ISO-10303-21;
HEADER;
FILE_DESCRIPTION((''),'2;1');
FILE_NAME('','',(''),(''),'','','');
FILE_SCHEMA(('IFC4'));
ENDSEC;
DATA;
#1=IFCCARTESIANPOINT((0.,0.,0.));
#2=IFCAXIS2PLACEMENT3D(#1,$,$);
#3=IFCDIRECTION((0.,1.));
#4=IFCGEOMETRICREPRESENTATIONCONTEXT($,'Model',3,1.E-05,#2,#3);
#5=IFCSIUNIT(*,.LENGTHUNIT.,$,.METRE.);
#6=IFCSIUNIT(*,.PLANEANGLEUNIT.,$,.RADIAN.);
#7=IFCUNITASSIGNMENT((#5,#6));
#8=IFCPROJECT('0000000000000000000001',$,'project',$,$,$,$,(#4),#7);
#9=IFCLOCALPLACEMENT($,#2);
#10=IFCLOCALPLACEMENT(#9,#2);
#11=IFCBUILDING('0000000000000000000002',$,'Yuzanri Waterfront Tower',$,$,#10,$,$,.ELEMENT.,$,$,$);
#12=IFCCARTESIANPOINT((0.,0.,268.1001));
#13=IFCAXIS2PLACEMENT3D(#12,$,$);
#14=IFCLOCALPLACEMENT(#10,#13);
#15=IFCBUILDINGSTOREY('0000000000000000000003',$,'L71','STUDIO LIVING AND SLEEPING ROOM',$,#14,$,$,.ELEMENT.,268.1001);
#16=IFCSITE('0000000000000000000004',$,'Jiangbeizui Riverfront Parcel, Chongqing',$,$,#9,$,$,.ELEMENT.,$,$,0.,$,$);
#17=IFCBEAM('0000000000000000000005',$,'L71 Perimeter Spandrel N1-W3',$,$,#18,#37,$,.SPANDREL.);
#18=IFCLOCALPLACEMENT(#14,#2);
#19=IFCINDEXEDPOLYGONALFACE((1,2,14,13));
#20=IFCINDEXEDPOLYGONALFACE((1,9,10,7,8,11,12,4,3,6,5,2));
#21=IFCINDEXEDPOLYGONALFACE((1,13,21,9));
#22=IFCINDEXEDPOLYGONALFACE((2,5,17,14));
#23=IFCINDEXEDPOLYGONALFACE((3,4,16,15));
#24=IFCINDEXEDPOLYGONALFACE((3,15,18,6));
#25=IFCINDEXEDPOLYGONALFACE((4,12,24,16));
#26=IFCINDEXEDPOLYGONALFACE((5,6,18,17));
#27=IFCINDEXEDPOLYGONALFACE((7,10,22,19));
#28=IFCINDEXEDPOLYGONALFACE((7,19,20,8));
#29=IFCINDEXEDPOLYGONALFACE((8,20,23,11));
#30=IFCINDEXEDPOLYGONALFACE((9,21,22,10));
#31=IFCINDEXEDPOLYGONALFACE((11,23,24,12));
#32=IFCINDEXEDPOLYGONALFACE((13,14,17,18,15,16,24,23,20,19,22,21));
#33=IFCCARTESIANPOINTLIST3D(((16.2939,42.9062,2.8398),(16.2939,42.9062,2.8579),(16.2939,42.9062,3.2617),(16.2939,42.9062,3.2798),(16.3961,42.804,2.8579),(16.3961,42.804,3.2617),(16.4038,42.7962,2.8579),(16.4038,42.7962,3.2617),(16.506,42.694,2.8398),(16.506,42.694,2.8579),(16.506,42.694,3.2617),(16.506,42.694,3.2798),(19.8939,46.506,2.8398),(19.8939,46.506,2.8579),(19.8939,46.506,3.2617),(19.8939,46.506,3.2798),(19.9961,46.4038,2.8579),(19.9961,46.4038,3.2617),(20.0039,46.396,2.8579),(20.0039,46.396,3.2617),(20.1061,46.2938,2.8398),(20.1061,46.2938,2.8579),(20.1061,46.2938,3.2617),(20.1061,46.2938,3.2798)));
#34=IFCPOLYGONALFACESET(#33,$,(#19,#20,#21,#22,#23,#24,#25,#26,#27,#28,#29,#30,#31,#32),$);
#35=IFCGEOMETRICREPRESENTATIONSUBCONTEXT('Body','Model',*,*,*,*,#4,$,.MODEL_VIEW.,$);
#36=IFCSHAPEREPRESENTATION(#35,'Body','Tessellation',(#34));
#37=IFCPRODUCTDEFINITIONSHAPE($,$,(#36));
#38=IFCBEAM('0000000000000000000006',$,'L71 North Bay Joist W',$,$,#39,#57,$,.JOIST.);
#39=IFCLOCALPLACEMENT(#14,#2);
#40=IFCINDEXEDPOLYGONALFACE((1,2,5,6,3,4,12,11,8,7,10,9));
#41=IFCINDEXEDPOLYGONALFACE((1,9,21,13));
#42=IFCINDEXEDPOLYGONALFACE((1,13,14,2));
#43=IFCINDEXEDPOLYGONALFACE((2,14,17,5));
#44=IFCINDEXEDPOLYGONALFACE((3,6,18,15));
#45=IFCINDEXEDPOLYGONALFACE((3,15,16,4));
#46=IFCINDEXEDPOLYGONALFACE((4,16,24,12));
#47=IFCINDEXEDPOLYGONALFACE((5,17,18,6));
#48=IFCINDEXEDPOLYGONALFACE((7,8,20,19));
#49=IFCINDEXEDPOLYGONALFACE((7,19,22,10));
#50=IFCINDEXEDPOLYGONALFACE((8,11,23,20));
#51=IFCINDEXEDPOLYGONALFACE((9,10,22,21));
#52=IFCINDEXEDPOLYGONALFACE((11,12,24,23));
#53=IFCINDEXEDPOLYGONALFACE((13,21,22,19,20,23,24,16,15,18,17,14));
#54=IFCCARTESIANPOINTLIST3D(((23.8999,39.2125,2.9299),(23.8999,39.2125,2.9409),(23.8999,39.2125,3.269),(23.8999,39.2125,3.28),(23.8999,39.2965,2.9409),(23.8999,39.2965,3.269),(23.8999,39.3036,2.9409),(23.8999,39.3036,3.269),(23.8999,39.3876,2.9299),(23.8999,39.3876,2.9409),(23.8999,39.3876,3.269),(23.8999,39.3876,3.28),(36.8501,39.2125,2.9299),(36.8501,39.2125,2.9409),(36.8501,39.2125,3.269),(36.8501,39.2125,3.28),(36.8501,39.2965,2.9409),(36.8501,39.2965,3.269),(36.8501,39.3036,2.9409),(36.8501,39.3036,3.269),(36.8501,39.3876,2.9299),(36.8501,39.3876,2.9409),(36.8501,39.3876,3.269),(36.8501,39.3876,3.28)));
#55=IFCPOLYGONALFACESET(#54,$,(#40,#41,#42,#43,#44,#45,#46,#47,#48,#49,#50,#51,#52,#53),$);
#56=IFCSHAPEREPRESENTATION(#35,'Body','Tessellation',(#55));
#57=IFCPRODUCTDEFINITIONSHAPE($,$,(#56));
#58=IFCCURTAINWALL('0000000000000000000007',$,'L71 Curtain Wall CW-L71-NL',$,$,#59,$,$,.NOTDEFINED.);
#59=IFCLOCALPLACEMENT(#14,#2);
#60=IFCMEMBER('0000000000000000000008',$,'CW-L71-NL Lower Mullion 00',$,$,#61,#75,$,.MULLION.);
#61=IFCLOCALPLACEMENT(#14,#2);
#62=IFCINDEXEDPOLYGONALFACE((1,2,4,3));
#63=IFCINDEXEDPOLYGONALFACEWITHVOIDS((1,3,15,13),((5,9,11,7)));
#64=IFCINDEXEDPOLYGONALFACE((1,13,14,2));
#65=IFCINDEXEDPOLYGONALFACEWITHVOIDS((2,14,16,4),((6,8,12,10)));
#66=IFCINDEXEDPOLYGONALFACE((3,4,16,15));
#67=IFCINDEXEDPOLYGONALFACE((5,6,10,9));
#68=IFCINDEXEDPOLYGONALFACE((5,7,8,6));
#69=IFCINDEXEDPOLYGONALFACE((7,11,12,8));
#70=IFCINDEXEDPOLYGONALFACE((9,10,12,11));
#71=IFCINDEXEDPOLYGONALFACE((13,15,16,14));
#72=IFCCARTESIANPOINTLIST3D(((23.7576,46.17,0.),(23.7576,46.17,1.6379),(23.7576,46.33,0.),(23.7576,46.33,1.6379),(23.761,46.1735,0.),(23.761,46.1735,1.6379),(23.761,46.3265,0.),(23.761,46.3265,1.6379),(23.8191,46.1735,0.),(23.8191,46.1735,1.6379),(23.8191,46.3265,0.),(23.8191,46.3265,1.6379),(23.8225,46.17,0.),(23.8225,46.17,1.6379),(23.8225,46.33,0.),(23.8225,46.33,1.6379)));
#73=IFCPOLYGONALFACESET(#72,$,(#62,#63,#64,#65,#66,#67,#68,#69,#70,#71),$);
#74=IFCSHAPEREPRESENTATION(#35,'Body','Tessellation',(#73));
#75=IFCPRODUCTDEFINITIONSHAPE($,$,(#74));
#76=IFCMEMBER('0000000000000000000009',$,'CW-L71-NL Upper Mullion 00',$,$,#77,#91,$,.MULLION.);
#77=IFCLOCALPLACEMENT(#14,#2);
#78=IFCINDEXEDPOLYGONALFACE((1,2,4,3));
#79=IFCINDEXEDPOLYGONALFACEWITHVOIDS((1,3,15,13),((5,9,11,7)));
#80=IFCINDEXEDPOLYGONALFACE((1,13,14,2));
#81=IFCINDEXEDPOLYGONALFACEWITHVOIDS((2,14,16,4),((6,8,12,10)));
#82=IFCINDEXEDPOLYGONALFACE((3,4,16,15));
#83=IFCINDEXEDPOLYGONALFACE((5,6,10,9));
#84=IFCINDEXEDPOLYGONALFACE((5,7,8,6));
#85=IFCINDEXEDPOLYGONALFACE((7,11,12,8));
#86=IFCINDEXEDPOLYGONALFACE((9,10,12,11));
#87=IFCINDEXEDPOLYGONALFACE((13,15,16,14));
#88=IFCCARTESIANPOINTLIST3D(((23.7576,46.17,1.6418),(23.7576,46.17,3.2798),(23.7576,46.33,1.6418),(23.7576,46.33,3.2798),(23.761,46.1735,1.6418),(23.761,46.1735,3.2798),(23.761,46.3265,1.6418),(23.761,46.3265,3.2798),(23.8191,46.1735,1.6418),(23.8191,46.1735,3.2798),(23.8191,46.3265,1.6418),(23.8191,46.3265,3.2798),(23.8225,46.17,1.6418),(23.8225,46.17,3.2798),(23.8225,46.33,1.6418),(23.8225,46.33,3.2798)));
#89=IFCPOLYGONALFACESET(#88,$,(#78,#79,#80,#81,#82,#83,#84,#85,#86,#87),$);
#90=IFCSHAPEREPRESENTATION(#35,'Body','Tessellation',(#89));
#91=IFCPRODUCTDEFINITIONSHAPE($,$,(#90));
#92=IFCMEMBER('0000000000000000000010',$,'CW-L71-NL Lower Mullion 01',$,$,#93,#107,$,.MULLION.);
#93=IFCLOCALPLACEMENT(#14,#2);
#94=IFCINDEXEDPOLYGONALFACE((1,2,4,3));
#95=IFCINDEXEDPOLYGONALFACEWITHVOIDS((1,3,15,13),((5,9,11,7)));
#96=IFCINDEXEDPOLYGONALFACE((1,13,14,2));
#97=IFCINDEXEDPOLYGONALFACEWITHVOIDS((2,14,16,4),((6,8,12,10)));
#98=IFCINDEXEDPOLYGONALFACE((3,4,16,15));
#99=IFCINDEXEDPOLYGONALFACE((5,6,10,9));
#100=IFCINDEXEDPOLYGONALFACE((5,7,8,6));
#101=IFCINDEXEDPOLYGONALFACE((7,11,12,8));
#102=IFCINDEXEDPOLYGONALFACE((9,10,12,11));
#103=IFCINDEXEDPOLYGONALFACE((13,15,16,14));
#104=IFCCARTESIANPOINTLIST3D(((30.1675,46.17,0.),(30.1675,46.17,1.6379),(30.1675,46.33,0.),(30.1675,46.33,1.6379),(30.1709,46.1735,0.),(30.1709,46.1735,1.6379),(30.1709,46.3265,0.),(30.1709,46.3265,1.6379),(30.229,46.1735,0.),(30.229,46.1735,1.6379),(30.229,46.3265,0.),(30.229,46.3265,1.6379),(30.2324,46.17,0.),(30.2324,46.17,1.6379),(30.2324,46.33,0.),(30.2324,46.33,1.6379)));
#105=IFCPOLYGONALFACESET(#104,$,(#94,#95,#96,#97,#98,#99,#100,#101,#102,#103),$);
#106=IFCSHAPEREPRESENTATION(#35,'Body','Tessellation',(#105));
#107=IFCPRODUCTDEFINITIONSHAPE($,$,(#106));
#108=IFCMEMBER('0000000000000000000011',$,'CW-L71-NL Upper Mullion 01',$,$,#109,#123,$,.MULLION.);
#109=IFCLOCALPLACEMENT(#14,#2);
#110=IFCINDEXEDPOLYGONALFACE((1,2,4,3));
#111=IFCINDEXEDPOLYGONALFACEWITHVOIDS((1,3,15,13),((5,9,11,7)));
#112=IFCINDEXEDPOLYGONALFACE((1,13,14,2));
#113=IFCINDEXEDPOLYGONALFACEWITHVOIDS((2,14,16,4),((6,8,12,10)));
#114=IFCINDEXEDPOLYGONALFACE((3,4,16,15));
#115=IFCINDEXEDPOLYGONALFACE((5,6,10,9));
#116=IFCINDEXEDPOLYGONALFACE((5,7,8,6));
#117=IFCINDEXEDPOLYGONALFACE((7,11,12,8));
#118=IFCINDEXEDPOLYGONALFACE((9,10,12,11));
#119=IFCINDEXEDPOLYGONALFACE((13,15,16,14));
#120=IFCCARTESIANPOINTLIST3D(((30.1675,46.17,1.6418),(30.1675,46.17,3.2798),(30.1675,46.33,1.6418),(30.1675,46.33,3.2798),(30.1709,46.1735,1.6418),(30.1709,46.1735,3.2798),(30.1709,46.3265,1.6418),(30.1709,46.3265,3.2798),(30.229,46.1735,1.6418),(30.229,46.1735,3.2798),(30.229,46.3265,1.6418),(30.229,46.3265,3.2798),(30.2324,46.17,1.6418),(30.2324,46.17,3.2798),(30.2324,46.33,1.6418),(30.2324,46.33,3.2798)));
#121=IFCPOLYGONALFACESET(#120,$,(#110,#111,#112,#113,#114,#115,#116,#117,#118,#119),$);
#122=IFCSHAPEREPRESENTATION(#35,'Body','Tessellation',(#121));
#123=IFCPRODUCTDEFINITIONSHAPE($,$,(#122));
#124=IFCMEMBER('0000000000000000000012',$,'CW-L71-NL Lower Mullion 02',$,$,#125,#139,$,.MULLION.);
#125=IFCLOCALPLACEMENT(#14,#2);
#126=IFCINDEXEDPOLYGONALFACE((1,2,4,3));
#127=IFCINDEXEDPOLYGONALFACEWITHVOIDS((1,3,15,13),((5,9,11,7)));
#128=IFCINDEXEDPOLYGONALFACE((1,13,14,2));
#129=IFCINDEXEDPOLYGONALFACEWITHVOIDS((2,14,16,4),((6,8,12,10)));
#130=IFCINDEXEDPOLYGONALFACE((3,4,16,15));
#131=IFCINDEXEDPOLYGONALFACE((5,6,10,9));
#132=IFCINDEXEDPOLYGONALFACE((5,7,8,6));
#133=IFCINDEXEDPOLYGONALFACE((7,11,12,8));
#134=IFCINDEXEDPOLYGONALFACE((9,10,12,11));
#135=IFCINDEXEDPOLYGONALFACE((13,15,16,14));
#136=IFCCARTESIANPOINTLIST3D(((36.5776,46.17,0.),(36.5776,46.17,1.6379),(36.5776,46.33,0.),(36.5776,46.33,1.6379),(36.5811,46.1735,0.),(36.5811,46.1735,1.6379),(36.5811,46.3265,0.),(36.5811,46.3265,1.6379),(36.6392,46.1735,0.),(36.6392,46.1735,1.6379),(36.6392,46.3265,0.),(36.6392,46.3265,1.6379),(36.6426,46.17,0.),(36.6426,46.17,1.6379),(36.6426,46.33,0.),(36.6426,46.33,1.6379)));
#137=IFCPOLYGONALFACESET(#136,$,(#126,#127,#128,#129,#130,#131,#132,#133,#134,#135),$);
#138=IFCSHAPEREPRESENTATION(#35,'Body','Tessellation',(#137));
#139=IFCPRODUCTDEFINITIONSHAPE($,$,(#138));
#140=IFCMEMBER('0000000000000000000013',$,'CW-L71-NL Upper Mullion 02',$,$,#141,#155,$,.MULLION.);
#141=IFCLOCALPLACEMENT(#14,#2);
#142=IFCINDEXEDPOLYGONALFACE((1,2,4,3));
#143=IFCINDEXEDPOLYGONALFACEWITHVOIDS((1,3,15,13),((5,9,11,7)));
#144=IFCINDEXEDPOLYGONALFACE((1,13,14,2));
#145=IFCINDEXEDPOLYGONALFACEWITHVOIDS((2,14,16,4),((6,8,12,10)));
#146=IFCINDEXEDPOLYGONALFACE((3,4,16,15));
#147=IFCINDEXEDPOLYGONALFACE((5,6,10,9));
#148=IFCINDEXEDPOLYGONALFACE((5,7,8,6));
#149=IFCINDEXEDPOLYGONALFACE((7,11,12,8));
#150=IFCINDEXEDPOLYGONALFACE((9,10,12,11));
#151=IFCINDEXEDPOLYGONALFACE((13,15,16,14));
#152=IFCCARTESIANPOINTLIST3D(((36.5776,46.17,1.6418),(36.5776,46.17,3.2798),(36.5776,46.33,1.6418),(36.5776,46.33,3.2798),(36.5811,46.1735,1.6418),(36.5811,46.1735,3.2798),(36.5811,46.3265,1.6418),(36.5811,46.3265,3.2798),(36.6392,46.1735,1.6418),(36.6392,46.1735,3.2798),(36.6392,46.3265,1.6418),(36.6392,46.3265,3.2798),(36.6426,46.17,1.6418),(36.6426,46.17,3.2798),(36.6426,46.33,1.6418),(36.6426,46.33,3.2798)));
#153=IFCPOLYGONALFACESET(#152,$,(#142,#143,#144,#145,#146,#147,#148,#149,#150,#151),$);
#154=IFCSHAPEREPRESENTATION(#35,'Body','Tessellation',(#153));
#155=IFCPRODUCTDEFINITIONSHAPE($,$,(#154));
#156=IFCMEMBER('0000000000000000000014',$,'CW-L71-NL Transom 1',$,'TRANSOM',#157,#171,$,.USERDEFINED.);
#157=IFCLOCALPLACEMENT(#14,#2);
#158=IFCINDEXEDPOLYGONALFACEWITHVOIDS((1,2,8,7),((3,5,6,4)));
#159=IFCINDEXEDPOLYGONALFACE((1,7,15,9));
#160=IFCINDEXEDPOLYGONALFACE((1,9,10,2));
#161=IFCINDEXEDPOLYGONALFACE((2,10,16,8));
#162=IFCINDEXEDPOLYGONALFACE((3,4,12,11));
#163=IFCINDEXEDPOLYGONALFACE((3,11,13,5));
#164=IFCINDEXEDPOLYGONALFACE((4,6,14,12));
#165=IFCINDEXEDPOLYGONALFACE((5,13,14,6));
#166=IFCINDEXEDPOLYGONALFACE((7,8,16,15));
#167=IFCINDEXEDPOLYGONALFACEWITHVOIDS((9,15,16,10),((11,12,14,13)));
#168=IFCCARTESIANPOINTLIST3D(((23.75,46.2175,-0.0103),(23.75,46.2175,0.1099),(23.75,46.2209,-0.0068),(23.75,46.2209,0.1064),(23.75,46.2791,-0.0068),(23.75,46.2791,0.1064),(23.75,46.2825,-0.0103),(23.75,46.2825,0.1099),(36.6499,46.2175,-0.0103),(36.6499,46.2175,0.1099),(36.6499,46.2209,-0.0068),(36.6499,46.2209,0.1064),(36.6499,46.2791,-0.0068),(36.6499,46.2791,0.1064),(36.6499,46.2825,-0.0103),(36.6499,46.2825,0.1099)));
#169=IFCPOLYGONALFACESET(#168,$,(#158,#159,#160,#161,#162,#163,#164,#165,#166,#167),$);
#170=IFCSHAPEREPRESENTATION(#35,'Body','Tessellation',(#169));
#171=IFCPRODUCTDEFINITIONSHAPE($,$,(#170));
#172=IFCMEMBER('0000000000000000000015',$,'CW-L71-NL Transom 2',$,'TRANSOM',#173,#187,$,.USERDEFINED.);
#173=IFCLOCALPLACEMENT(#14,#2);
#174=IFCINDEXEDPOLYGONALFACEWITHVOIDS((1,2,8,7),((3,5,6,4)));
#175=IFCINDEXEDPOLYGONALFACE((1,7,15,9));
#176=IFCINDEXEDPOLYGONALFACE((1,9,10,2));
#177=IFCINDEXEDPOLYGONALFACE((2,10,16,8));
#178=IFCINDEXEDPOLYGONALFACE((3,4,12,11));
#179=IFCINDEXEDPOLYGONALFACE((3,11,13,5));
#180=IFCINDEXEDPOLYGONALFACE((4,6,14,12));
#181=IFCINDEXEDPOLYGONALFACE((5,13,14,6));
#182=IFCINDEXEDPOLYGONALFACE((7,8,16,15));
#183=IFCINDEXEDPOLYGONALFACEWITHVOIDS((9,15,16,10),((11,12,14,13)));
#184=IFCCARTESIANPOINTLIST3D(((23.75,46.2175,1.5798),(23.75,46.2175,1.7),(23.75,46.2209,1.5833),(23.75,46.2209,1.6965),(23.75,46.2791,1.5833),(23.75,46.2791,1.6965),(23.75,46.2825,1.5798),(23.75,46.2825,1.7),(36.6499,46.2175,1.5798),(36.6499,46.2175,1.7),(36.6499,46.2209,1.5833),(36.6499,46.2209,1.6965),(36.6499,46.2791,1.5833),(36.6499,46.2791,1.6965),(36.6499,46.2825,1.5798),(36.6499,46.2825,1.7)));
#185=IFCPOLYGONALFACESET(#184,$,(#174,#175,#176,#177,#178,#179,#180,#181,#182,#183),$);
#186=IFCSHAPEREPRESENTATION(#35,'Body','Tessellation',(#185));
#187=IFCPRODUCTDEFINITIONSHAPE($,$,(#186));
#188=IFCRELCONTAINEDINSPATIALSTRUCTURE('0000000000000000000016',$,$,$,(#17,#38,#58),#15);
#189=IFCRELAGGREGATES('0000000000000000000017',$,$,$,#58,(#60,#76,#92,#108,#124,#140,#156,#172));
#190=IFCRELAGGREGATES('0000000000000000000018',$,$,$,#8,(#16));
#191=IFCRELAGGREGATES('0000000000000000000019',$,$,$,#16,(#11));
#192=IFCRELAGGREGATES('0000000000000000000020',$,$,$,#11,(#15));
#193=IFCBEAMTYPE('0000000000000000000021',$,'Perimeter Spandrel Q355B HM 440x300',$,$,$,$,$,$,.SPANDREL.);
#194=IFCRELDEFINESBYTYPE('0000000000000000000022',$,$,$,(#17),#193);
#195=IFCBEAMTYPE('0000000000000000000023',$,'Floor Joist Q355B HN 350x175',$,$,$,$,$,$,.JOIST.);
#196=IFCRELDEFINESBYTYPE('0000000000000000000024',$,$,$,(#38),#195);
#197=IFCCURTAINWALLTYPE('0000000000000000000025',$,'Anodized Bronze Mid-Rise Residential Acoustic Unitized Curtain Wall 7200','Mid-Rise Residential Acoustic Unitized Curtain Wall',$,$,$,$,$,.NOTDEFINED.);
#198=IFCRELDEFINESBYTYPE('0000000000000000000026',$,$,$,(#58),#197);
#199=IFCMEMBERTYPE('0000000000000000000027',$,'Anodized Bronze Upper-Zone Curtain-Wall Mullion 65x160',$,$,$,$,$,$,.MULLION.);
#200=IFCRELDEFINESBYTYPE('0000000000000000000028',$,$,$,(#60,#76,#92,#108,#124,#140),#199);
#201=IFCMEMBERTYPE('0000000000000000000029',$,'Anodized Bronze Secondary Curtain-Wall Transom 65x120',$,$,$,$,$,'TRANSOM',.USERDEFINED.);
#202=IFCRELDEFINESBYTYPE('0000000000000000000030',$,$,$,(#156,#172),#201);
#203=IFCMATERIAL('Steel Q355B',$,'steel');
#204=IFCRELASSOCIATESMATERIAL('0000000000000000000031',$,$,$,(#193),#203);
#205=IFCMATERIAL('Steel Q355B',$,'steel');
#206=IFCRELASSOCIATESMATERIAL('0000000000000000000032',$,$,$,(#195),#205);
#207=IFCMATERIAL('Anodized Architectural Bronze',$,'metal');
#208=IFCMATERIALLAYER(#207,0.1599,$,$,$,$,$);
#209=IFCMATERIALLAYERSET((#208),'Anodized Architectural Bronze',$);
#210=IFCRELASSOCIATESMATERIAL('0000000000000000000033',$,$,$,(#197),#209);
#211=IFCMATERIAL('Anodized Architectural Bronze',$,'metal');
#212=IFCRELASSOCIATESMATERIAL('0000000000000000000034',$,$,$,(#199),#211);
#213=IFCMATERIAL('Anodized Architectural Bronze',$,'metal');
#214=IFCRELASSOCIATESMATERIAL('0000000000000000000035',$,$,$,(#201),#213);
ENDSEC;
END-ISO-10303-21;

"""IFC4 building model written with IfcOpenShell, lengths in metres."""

from ifc_helpers import new_model, si_unit, direction, frame, origin, origin_2d, place, context, subcontext, project, spatial, hollow_rectangle, i_section, extrude, source, transform, mapped, material, layer, layer_set, material_profile, profile_set, type_object, element, aggregate, save


model = new_model("IFC4")

# Units and contexts
model_context = context("Model", 3, precision=1e-05, world=origin(), true_north=direction((0.0, 1.0)))
body_context = subcontext(model_context, "Body", "Model", "MODEL_VIEW")
ifc_project = project(units=[si_unit("LENGTHUNIT", "METRE"), si_unit("PLANEANGLEUNIT", "RADIAN")], contexts=[model_context])

# Site, building, storey
site_placement = place(None, origin())
site = spatial("IfcSite", under=ifc_project, at=site_placement, Name="Jiangbeizui Riverfront Parcel, Chongqing", CompositionType="ELEMENT", RefElevation=0.0)
building_placement = place(site_placement, origin())
building = spatial("IfcBuilding", under=site, at=building_placement, Name="Yuzanri Waterfront Tower", CompositionType="ELEMENT")
storey_placement = place(building_placement, frame((0.0, 0.0, 268.1001)))
storey = spatial("IfcBuildingStorey", under=building, at=storey_placement, Name="L71", Description="STUDIO LIVING AND SLEEPING ROOM", CompositionType="ELEMENT", Elevation=268.1001)

# Beams
ifc_material_1 = material(Name="Steel Q355B", Category="steel")
ifc_material_profile_1 = material_profile(ifc_material_1, i_section(OverallWidth=0.3, OverallDepth=0.4399, WebThickness=0.011, FlangeThickness=0.0181, at=origin_2d()), Name="HM 440x300x11x18")
ifc_profile_set_1 = profile_set([ifc_material_profile_1], Name="Steel Q355B")
beam_type_1 = type_object("IfcBeamType", Name="Perimeter Spandrel Q355B HM 440x300", PredefinedType="SPANDREL", material=ifc_profile_set_1)
shared_shape_1 = source(origin(), body_context, "Body", "SweptSolid", [
    extrude(i_section(OverallWidth=0.3, OverallDepth=0.4399, WebThickness=0.011, FlangeThickness=0.0181, at=origin_2d()), origin(), (0.0, 0.0, 1.0), 5.0911),
])
beam_1_placement = place(storey_placement, frame((20.0, 46.3999, 3.0598), z_axis=(-0.707131, -0.707083, 0.0), x_axis=(0.707083, -0.707131, 0.0)))
element("IfcBeam", 1, at=beam_1_placement, inside=storey, type_object=beam_type_1, Name="L71 Perimeter Spandrel N1-W3", PredefinedType="SPANDREL", context=body_context, shape_type="MappedRepresentation", body=[
    mapped(shared_shape_1, transform((0.0, 0.0, 0.0), scale=1.0)),
])
ifc_material_2 = material(Name="Steel Q355B", Category="steel")
ifc_material_profile_2 = material_profile(ifc_material_2, i_section(OverallWidth=0.175, OverallDepth=0.3501, WebThickness=0.0071, FlangeThickness=0.011, at=origin_2d()), Name="HN 350x175x7x11")
ifc_profile_set_2 = profile_set([ifc_material_profile_2], Name="Steel Q355B")
beam_type_2 = type_object("IfcBeamType", Name="Floor Joist Q355B HN 350x175", PredefinedType="JOIST", material=ifc_profile_set_2)
shared_shape_2 = source(origin(), body_context, "Body", "SweptSolid", [
    extrude(i_section(OverallWidth=0.175, OverallDepth=0.3501, WebThickness=0.0071, FlangeThickness=0.011, at=origin_2d()), origin(), (0.0, 0.0, 1.0), 12.9502),
])
beam_2_placement = place(storey_placement, frame((23.8999, 39.3, 3.105), z_axis=(1.0, 0.0, 0.0), x_axis=(0.0, 1.0, 0.0)))
element("IfcBeam", 2, at=beam_2_placement, inside=storey, type_object=beam_type_2, Name="L71 North Bay Joist W", PredefinedType="JOIST", context=body_context, shape_type="MappedRepresentation", body=[
    mapped(shared_shape_2, transform((0.0, 0.0, 0.0), scale=1.0)),
])

# Curtain wall, members
ifc_material_3 = material(Name="Anodized Architectural Bronze", Category="metal")
ifc_layer_1 = layer(ifc_material_3, 0.1599)
ifc_layer_set_1 = layer_set([ifc_layer_1], Name="Anodized Architectural Bronze")
curtain_wall_type = type_object("IfcCurtainWallType", Name="Anodized Bronze Mid-Rise Residential Acoustic Unitized Curtain Wall 7200", Description="Mid-Rise Residential Acoustic Unitized Curtain Wall", PredefinedType="NOTDEFINED", material=ifc_layer_set_1)
curtain_wall_placement = place(storey_placement, origin())
curtain_wall = element("IfcCurtainWall", 3, at=curtain_wall_placement, inside=storey, type_object=curtain_wall_type, Name="L71 Curtain Wall CW-L71-NL", PredefinedType="NOTDEFINED")
ifc_material_4 = material(Name="Anodized Architectural Bronze", Category="metal")
ifc_material_profile_3 = material_profile(ifc_material_4, hollow_rectangle(XDim=0.0649, YDim=0.1599, WallThickness=0.0034, at=origin_2d()), Name="CWM 65x160")
ifc_profile_set_3 = profile_set([ifc_material_profile_3], Name="Anodized Architectural Bronze")
member_type_1 = type_object("IfcMemberType", Name="Anodized Bronze Upper-Zone Curtain-Wall Mullion 65x160", PredefinedType="MULLION", material=ifc_profile_set_3)
shared_shape_3 = source(origin(), body_context, "Body", "SweptSolid", [
    extrude(hollow_rectangle(XDim=0.0649, YDim=0.1599, WallThickness=0.0034, at=origin_2d()), origin(), (0.0, 0.0, 1.0), 1.6379),
])
member_1_placement = place(storey_placement, frame((23.79, 46.25, 0.0), z_axis=(0.0, 0.0, 1.0), x_axis=(1.0, 0.0, 0.0)))
member_1 = element("IfcMember", 4, at=member_1_placement, type_object=member_type_1, Name="CW-L71-NL Lower Mullion 00", PredefinedType="MULLION", context=body_context, shape_type="MappedRepresentation", body=[
    mapped(shared_shape_3, transform((0.0, 0.0, 0.0), scale=1.0)),
])
member_2_placement = place(storey_placement, frame((23.79, 46.25, 1.6418), z_axis=(0.0, 0.0, 1.0), x_axis=(1.0, 0.0, 0.0)))
member_2 = element("IfcMember", 5, at=member_2_placement, type_object=member_type_1, Name="CW-L71-NL Upper Mullion 00", PredefinedType="MULLION", context=body_context, shape_type="MappedRepresentation", body=[
    mapped(shared_shape_3, transform((0.0, 0.0, 0.0), scale=1.0)),
])
member_3_placement = place(storey_placement, frame((30.2, 46.25, 0.0), z_axis=(0.0, 0.0, 1.0), x_axis=(1.0, 0.0, 0.0)))
member_3 = element("IfcMember", 6, at=member_3_placement, type_object=member_type_1, Name="CW-L71-NL Lower Mullion 01", PredefinedType="MULLION", context=body_context, shape_type="MappedRepresentation", body=[
    mapped(shared_shape_3, transform((0.0, 0.0, 0.0), scale=1.0)),
])
member_4_placement = place(storey_placement, frame((30.2, 46.25, 1.6418), z_axis=(0.0, 0.0, 1.0), x_axis=(1.0, 0.0, 0.0)))
member_4 = element("IfcMember", 7, at=member_4_placement, type_object=member_type_1, Name="CW-L71-NL Upper Mullion 01", PredefinedType="MULLION", context=body_context, shape_type="MappedRepresentation", body=[
    mapped(shared_shape_3, transform((0.0, 0.0, 0.0), scale=1.0)),
])
member_5_placement = place(storey_placement, frame((36.6101, 46.25, 0.0), z_axis=(0.0, 0.0, 1.0), x_axis=(1.0, 0.0, 0.0)))
member_5 = element("IfcMember", 8, at=member_5_placement, type_object=member_type_1, Name="CW-L71-NL Lower Mullion 02", PredefinedType="MULLION", context=body_context, shape_type="MappedRepresentation", body=[
    mapped(shared_shape_3, transform((0.0, 0.0, 0.0), scale=1.0)),
])
member_6_placement = place(storey_placement, frame((36.6101, 46.25, 1.6418), z_axis=(0.0, 0.0, 1.0), x_axis=(1.0, 0.0, 0.0)))
member_6 = element("IfcMember", 9, at=member_6_placement, type_object=member_type_1, Name="CW-L71-NL Upper Mullion 02", PredefinedType="MULLION", context=body_context, shape_type="MappedRepresentation", body=[
    mapped(shared_shape_3, transform((0.0, 0.0, 0.0), scale=1.0)),
])
ifc_material_5 = material(Name="Anodized Architectural Bronze", Category="metal")
ifc_material_profile_4 = material_profile(ifc_material_5, hollow_rectangle(XDim=0.0649, YDim=0.1201, WallThickness=0.0034, at=origin_2d()), Name="CWT 65x120")
ifc_profile_set_4 = profile_set([ifc_material_profile_4], Name="Anodized Architectural Bronze")
member_type_2 = type_object("IfcMemberType", Name="Anodized Bronze Secondary Curtain-Wall Transom 65x120", ElementType="TRANSOM", PredefinedType="USERDEFINED", material=ifc_profile_set_4)
shared_shape_4 = source(origin(), body_context, "Body", "SweptSolid", [
    extrude(hollow_rectangle(XDim=0.0649, YDim=0.1201, WallThickness=0.0034, at=origin_2d()), origin(), (0.0, 0.0, 1.0), 12.8999),
])
member_7_placement = place(storey_placement, frame((23.75, 46.25, 0.0498), z_axis=(1.0, 0.0, 0.0), x_axis=(0.0, 1.0, 0.0)))
member_7 = element("IfcMember", 10, at=member_7_placement, type_object=member_type_2, Name="CW-L71-NL Transom 1", ObjectType="TRANSOM", PredefinedType="USERDEFINED", context=body_context, shape_type="MappedRepresentation", body=[
    mapped(shared_shape_4, transform((0.0, 0.0, 0.0), scale=1.0)),
])
member_8_placement = place(storey_placement, frame((23.75, 46.25, 1.6399), z_axis=(1.0, 0.0, 0.0), x_axis=(0.0, 1.0, 0.0)))
member_8 = element("IfcMember", 11, at=member_8_placement, type_object=member_type_2, Name="CW-L71-NL Transom 2", ObjectType="TRANSOM", PredefinedType="USERDEFINED", context=body_context, shape_type="MappedRepresentation", body=[
    mapped(shared_shape_4, transform((0.0, 0.0, 0.0), scale=1.0)),
])

aggregate(curtain_wall, [member_1, member_2, member_3, member_4, member_5, member_6, member_7, member_8])

save(model, "model.ifc")
